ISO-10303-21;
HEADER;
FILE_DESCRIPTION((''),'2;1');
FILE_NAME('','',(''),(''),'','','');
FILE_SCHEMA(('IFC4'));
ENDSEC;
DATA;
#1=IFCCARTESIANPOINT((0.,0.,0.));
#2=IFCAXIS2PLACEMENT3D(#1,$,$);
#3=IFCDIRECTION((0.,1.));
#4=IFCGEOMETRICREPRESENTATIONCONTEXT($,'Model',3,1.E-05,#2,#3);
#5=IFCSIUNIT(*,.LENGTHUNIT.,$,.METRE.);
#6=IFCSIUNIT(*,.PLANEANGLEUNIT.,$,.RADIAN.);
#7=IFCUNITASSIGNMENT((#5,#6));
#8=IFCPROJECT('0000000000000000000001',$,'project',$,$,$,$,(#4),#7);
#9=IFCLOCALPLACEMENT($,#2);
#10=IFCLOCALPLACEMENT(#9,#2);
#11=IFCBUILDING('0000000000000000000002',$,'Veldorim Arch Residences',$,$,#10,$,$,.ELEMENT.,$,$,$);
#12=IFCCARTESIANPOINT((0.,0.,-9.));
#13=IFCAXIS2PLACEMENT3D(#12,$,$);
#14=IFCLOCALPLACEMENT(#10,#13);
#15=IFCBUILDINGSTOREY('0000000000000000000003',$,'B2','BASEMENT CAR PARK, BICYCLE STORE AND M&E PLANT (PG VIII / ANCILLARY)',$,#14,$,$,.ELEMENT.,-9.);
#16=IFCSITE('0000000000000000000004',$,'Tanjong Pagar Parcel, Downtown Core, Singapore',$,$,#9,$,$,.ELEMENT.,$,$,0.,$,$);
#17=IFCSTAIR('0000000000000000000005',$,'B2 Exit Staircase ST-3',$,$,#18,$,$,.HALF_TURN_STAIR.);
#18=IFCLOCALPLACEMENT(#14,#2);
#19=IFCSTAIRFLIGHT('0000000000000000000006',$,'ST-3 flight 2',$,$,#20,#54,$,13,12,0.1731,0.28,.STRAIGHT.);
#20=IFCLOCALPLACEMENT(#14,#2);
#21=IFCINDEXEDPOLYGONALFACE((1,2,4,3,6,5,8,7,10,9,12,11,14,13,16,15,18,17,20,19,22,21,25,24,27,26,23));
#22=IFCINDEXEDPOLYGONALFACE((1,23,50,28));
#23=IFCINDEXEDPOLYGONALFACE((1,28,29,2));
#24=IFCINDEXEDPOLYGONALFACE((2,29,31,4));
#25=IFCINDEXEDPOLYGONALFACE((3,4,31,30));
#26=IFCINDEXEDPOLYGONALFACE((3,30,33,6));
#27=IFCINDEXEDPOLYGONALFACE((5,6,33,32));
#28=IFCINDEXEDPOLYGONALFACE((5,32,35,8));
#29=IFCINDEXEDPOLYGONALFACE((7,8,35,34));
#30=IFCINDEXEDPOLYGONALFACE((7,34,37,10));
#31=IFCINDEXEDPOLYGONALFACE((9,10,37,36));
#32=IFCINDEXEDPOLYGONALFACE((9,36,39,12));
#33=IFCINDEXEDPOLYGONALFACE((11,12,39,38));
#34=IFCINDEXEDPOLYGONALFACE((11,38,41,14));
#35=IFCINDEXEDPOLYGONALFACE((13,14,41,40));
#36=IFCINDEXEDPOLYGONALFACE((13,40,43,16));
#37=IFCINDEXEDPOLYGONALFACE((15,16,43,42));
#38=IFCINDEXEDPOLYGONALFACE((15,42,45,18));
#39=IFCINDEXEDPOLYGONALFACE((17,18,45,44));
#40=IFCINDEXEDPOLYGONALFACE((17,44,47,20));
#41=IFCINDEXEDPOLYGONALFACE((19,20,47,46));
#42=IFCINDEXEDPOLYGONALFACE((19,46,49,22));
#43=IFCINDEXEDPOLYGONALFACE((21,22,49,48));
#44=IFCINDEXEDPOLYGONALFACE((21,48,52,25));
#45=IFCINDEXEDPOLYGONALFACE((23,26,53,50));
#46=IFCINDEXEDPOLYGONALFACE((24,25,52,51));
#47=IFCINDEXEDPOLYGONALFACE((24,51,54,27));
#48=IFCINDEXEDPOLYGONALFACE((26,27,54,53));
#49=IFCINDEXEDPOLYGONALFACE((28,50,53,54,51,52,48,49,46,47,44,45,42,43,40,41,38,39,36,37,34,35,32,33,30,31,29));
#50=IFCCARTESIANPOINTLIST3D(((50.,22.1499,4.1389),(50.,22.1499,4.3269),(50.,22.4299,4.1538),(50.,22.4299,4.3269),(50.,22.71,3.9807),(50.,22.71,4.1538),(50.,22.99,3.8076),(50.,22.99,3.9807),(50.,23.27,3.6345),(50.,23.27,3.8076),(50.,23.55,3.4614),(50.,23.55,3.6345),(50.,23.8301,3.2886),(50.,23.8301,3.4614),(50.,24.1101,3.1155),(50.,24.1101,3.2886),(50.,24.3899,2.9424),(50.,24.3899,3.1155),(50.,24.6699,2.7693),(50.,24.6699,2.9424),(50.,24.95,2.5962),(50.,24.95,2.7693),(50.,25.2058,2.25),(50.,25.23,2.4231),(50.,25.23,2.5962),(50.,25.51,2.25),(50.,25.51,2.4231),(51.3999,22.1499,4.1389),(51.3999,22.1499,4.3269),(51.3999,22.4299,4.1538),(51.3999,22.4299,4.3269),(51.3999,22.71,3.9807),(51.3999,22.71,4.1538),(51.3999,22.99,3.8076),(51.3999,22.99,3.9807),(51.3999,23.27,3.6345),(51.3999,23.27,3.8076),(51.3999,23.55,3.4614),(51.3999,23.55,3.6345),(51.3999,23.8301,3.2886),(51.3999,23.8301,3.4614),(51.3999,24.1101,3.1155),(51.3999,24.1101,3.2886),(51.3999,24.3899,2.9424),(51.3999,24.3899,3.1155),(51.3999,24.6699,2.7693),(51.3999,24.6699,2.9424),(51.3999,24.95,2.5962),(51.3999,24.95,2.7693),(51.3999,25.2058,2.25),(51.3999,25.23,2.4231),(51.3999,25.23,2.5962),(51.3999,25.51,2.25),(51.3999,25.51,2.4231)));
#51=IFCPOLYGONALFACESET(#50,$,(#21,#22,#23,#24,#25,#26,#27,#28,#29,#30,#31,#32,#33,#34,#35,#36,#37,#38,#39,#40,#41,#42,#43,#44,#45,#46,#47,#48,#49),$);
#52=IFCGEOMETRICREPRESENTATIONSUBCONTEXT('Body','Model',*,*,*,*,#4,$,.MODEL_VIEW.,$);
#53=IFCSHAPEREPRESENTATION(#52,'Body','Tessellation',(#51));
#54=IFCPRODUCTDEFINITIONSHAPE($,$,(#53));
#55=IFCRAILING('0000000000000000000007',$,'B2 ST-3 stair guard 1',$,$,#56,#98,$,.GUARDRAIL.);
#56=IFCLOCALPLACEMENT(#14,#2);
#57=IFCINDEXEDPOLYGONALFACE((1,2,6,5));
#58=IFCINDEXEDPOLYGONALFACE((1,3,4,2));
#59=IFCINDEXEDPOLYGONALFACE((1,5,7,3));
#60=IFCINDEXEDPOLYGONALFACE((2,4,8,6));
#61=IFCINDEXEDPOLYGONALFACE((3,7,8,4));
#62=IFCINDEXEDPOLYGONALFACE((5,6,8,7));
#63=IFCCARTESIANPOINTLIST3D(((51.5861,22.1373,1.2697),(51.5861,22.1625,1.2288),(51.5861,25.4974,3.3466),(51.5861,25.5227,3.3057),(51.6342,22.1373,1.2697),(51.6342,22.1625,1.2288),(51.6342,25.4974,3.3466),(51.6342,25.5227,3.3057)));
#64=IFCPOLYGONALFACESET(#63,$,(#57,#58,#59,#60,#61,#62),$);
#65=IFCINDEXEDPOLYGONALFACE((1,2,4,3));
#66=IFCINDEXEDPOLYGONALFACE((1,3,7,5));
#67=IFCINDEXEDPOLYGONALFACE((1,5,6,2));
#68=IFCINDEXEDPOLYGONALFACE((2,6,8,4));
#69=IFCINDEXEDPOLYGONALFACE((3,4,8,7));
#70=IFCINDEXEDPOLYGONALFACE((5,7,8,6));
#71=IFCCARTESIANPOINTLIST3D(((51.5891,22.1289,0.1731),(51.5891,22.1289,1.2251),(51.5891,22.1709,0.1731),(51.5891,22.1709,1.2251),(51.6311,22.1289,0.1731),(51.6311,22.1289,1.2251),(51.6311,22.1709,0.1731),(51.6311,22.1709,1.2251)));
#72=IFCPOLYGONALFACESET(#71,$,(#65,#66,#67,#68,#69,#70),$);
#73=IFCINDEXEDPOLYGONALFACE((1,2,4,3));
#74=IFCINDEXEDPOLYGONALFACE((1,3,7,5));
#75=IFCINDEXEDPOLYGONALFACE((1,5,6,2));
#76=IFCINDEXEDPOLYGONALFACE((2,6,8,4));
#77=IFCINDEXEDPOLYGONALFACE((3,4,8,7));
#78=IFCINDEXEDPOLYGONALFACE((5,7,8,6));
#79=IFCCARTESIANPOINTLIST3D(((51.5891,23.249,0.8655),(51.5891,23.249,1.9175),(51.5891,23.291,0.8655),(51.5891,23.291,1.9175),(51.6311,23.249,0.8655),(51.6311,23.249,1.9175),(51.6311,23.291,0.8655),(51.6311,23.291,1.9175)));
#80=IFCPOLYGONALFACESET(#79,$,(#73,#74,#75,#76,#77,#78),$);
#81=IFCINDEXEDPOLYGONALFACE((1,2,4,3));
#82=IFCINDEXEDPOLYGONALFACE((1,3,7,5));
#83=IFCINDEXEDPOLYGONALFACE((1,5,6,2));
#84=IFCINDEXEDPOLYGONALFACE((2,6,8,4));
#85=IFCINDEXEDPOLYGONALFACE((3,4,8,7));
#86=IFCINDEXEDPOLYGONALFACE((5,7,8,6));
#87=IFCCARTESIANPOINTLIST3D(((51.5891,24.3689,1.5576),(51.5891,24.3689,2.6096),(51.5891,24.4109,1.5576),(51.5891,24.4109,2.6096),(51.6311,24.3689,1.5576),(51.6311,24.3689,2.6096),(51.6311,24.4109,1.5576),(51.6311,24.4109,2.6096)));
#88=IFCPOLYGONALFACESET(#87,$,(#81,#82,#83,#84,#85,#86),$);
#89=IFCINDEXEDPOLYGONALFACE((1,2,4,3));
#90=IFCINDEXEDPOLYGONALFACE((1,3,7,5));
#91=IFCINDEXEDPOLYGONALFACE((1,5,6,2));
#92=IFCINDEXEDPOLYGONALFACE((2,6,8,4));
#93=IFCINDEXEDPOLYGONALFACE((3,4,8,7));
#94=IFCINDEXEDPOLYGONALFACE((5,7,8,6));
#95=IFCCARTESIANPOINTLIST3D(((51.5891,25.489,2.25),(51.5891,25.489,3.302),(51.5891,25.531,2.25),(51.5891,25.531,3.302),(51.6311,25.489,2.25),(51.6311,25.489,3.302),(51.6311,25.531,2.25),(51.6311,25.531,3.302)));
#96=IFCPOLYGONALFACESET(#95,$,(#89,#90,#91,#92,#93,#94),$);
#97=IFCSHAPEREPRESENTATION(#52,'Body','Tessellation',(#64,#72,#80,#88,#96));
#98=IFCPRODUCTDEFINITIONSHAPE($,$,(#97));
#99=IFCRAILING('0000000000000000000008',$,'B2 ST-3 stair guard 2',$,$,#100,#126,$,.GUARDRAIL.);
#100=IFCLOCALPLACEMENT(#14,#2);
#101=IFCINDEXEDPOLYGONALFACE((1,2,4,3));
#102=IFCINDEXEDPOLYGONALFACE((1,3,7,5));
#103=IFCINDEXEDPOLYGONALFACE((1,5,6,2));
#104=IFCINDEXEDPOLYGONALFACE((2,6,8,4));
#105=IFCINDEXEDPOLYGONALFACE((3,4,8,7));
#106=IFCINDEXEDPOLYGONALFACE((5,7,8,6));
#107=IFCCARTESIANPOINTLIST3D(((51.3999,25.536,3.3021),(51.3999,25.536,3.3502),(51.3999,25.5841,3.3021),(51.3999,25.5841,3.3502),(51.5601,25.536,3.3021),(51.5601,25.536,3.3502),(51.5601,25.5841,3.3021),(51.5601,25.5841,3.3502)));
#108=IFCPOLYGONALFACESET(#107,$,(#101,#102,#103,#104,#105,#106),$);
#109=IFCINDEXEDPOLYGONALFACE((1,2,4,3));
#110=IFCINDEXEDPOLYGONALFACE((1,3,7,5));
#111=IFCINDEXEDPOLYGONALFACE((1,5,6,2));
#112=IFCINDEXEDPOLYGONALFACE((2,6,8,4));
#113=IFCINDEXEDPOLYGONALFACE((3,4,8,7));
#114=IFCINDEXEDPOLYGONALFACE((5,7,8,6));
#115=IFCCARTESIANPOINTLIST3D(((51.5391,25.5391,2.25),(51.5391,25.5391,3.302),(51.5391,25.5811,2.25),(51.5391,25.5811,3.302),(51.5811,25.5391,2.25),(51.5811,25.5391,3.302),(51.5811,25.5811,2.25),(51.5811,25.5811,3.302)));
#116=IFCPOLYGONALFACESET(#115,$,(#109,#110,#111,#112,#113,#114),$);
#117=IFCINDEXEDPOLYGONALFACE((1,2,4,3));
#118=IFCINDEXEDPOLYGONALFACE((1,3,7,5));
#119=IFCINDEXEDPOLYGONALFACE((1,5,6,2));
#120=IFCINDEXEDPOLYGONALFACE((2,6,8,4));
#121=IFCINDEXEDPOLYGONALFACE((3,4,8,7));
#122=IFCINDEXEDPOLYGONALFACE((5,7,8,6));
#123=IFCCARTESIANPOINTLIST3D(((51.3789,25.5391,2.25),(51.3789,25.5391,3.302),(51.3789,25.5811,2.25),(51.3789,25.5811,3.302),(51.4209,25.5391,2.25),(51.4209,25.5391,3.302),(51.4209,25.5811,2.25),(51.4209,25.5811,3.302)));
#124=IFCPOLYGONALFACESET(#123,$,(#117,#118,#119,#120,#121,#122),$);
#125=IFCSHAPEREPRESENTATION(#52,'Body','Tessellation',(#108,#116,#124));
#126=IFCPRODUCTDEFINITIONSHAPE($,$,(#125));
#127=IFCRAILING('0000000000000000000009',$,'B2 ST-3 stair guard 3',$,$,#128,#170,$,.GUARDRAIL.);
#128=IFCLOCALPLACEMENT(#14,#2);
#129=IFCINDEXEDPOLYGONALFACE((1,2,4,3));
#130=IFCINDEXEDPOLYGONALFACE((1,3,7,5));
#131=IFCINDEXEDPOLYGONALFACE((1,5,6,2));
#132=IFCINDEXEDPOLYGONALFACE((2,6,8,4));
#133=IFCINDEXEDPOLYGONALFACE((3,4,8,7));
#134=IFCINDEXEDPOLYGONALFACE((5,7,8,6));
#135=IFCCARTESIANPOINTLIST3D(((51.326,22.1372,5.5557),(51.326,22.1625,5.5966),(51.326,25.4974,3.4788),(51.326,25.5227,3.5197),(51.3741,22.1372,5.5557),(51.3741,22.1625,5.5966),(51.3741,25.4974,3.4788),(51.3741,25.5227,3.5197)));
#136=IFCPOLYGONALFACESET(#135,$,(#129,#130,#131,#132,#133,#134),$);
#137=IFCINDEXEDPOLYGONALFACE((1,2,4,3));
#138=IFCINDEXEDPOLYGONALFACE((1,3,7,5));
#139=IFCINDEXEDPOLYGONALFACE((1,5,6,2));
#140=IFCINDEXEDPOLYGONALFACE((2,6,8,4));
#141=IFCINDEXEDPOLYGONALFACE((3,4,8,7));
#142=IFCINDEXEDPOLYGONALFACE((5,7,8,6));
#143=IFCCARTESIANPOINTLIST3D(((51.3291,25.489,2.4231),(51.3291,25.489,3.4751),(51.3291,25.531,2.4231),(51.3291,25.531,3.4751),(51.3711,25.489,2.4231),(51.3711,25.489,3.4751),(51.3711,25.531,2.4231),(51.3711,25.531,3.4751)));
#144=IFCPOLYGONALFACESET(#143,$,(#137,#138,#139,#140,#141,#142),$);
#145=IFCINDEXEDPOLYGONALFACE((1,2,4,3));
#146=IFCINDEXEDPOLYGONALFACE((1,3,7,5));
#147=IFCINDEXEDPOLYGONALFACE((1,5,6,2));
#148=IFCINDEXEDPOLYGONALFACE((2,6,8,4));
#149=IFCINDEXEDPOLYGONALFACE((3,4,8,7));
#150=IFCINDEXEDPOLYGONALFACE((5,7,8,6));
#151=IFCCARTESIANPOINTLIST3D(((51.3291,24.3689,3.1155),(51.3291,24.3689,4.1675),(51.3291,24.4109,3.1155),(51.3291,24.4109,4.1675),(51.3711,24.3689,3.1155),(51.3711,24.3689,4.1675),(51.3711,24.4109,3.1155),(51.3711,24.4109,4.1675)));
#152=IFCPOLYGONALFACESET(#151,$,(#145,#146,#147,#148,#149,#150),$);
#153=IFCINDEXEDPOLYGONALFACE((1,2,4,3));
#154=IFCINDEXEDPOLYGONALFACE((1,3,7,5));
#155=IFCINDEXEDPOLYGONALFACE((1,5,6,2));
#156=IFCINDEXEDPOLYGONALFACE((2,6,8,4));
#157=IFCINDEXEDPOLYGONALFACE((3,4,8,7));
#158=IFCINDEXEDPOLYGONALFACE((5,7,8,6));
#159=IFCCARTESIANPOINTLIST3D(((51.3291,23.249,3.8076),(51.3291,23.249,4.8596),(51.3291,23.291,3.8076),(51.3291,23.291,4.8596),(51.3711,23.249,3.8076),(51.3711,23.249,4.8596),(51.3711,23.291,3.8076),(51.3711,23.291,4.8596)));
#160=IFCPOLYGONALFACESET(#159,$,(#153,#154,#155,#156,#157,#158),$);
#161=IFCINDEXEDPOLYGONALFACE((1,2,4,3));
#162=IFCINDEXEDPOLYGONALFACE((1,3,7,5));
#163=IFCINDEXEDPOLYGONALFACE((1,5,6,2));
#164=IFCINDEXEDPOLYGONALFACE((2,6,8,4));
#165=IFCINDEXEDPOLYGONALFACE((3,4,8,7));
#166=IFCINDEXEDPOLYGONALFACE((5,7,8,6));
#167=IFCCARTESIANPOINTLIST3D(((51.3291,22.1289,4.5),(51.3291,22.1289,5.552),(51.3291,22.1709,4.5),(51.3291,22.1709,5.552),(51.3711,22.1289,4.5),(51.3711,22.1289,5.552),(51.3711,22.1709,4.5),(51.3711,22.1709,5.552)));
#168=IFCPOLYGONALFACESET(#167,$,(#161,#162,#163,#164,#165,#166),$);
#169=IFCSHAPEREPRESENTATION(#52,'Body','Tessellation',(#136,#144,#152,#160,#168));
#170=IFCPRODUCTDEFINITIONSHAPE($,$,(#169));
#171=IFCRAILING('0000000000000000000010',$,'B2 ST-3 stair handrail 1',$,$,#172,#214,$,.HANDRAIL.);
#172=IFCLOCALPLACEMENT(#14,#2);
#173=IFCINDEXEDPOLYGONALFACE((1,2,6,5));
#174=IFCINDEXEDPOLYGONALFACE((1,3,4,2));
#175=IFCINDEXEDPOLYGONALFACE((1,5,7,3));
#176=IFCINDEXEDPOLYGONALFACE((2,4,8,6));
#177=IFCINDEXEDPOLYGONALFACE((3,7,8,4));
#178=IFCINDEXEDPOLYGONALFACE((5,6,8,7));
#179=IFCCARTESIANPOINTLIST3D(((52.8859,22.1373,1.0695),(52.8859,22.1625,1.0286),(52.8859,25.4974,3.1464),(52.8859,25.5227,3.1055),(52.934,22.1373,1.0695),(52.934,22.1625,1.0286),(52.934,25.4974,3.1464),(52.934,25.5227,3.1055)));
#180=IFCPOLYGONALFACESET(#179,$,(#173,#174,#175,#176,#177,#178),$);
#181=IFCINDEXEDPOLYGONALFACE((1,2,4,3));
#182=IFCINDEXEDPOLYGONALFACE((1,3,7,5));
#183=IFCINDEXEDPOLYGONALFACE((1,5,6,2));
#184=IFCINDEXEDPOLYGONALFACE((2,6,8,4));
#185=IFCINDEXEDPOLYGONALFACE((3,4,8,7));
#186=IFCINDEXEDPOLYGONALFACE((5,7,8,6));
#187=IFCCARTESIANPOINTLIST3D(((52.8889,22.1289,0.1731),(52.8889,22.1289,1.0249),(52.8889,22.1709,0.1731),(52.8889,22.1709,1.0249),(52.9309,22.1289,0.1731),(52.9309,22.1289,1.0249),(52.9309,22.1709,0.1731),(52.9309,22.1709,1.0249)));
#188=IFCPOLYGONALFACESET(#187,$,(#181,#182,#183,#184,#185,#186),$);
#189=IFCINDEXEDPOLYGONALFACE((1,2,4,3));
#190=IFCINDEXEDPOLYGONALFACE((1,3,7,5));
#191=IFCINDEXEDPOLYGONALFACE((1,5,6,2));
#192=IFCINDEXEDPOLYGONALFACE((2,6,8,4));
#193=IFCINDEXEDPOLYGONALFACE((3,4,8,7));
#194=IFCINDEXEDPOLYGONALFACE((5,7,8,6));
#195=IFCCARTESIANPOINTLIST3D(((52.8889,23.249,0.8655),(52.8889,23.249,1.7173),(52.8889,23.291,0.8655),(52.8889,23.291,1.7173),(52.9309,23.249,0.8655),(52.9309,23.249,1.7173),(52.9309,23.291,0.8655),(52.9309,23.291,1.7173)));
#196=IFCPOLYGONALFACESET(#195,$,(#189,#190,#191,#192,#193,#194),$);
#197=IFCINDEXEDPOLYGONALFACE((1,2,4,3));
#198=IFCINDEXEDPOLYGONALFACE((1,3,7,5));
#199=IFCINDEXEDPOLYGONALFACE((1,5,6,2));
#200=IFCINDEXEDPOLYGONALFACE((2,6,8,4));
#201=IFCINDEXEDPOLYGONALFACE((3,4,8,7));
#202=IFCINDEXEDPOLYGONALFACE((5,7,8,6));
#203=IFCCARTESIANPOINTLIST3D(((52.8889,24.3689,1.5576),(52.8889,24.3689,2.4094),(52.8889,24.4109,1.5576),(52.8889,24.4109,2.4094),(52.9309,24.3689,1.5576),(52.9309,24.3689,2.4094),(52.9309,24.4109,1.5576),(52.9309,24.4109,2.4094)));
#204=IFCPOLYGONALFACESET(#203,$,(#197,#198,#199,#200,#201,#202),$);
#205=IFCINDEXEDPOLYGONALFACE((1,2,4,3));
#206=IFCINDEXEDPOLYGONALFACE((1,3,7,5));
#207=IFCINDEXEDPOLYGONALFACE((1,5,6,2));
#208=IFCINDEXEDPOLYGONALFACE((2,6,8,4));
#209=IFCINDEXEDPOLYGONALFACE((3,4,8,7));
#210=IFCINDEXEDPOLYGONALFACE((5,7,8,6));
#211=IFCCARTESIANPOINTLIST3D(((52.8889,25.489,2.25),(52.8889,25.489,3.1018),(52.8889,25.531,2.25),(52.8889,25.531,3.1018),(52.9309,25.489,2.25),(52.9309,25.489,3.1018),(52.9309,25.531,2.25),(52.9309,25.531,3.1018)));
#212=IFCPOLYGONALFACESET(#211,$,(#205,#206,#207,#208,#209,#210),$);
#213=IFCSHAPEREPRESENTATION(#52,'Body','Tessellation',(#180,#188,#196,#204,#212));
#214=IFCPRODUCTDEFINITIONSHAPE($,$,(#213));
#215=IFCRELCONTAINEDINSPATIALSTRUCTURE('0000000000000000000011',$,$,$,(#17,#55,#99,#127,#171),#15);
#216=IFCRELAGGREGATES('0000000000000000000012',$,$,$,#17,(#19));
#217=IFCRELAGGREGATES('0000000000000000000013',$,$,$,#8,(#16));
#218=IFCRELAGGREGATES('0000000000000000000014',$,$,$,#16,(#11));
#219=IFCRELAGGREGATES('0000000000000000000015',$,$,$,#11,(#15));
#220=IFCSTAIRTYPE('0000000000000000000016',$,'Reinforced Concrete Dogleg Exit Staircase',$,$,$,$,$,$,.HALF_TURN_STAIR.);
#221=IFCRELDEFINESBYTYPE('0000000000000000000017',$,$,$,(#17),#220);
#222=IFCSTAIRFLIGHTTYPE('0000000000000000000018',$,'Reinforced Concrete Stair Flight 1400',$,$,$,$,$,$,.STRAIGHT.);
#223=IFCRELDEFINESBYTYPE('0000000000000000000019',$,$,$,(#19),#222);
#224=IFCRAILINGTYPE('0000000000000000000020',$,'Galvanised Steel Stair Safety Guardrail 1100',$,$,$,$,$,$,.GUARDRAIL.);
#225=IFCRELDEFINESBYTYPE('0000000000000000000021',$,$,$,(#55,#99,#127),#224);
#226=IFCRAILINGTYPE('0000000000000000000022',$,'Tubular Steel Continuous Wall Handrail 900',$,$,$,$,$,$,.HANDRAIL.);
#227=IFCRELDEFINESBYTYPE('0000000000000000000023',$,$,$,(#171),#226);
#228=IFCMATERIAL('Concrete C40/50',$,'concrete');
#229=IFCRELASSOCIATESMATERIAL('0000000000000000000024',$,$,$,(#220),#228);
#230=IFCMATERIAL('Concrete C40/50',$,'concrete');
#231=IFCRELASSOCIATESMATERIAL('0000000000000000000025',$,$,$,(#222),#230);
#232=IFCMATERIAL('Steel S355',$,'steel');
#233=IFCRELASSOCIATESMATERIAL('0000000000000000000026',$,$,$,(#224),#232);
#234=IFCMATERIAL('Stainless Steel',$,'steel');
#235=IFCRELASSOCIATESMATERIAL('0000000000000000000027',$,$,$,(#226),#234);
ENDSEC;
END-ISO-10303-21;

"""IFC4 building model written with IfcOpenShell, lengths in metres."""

from ifc_helpers import new_model, si_unit, direction, frame, origin, origin_2d, place, context, subcontext, project, spatial, polyline, rectangle, outline, extrude, material, type_object, element, aggregate, save


model = new_model("IFC4")

# Units and contexts
model_context = context("Model", 3, precision=1e-05, world=origin(), true_north=direction((0.0, 1.0)))
body_context = subcontext(model_context, "Body", "Model", "MODEL_VIEW")
ifc_project = project(units=[si_unit("LENGTHUNIT", "METRE"), si_unit("PLANEANGLEUNIT", "RADIAN")], contexts=[model_context])

# Site, building, storey
site_placement = place(None, origin())
site = spatial("IfcSite", under=ifc_project, at=site_placement, Name="Tanjong Pagar Parcel, Downtown Core, Singapore", CompositionType="ELEMENT", RefElevation=0.0)
building_placement = place(site_placement, origin())
building = spatial("IfcBuilding", under=site, at=building_placement, Name="Veldorim Arch Residences", CompositionType="ELEMENT")
storey_placement = place(building_placement, frame((0.0, 0.0, -9.0)))
storey = spatial("IfcBuildingStorey", under=building, at=storey_placement, Name="B2", Description="BASEMENT CAR PARK, BICYCLE STORE AND M&E PLANT (PG VIII / ANCILLARY)", CompositionType="ELEMENT", Elevation=-9.0)

# Stair, stair flight
ifc_material_1 = material(Name="Concrete C40/50", Category="concrete")
stair_type = type_object("IfcStairType", Name="Reinforced Concrete Dogleg Exit Staircase", PredefinedType="HALF_TURN_STAIR", material=ifc_material_1)
stair_placement = place(storey_placement, origin())
stair = element("IfcStair", 1, at=stair_placement, inside=storey, type_object=stair_type, Name="B2 Exit Staircase ST-3", PredefinedType="HALF_TURN_STAIR")
ifc_material_2 = material(Name="Concrete C40/50", Category="concrete")
stair_flight_type = type_object("IfcStairFlightType", Name="Reinforced Concrete Stair Flight 1400", PredefinedType="STRAIGHT", material=ifc_material_2)
stair_flight_1_placement = place(storey_placement, frame((50.7, 25.51, 2.25), z_axis=(0.0, 0.0, 1.0), x_axis=(0.0, -1.0, 0.0)))
stair_flight_1 = element("IfcStairFlight", 2, at=stair_flight_1_placement, type_object=stair_flight_type, Name="ST-3 flight 2", NumberOfRisers=13, NumberOfTreads=12, PredefinedType="STRAIGHT", RiserHeight=0.1731, TreadLength=0.28, context=body_context, shape_type="SweptSolid", body=[
    extrude(outline(polyline([(0.0, 0.0), (0.0, 0.1731), (0.28, 0.1731), (0.28, 0.3462), (0.5601, 0.3462), (0.5601, 0.5193), (0.8401, 0.5193), (0.8401, 0.6924), (1.1201, 0.6924), (1.1201, 0.8655), (1.3999, 0.8655), (1.3999, 1.0386), (1.6799, 1.0386), (1.6799, 1.2114), (1.96, 1.2114), (1.96, 1.3845), (2.24, 1.3845), (2.24, 1.5576), (2.52, 1.5576), (2.52, 1.7307), (2.8, 1.7307), (2.8, 1.9038), (3.0801, 1.9038), (3.0801, 2.0769), (3.3601, 2.0769), (3.3601, 2.25), (3.3601, 1.8889), (0.3042, 0.0), (0.0, 0.0)])), frame((0.0, 0.7, 0.0), z_axis=(0.0, -1.0, 0.0), x_axis=(1.0, 0.0, 0.0)), (0.0, 0.0, 1.0), 1.3999),
])
aggregate(stair, [stair_flight_1])

# Railings
ifc_material_3 = material(Name="Steel S355", Category="steel")
railing_type_1 = type_object("IfcRailingType", Name="Galvanised Steel Stair Safety Guardrail 1100", PredefinedType="GUARDRAIL", material=ifc_material_3)
railing_1_placement = place(storey_placement, frame((51.6101, 22.1499, 0.1731)))
element("IfcRailing", 3, at=railing_1_placement, inside=storey, type_object=railing_type_1, Name="B2 ST-3 stair guard 1", PredefinedType="GUARDRAIL", context=body_context, shape_type="SweptSolid", body=[
    extrude(rectangle(XDim=0.0481, YDim=0.0481, at=origin_2d()), frame((0.0, 0.0, 1.0762), z_axis=(0.0, 0.850623, 0.525776), x_axis=(-1.0, 0.0, 0.0)), (0.0, 0.0, 1.0), 3.9502),
    extrude(rectangle(XDim=0.042, YDim=0.042, at=origin_2d()), origin(), (0.0, 0.0, 1.0), 1.052),
    extrude(rectangle(XDim=0.042, YDim=0.042, at=origin_2d()), frame((0.0, 1.1201, 0.6924)), (0.0, 0.0, 1.0), 1.052),
    extrude(rectangle(XDim=0.042, YDim=0.042, at=origin_2d()), frame((0.0, 2.24, 1.3845)), (0.0, 0.0, 1.0), 1.052),
    extrude(rectangle(XDim=0.042, YDim=0.042, at=origin_2d()), frame((0.0, 3.3601, 2.0769)), (0.0, 0.0, 1.0), 1.052),
])
railing_2_placement = place(storey_placement, frame((51.5601, 25.5601, 2.25)))
element("IfcRailing", 4, at=railing_2_placement, inside=storey, type_object=railing_type_1, Name="B2 ST-3 stair guard 2", PredefinedType="GUARDRAIL", context=body_context, shape_type="SweptSolid", body=[
    extrude(rectangle(XDim=0.0481, YDim=0.0481, at=origin_2d()), frame((0.0, 0.0, 1.0762), z_axis=(-1.0, 0.0, 0.0), x_axis=(0.0, -1.0, 0.0)), (0.0, 0.0, 1.0), 0.1602),
    extrude(rectangle(XDim=0.042, YDim=0.042, at=origin_2d()), origin(), (0.0, 0.0, 1.0), 1.052),
    extrude(rectangle(XDim=0.042, YDim=0.042, at=origin_2d()), frame((-0.1602, 0.0, 0.0)), (0.0, 0.0, 1.0), 1.052),
])
railing_3_placement = place(storey_placement, frame((51.3501, 25.51, 2.4231)))
element("IfcRailing", 5, at=railing_3_placement, inside=storey, type_object=railing_type_1, Name="B2 ST-3 stair guard 3", PredefinedType="GUARDRAIL", context=body_context, shape_type="SweptSolid", body=[
    extrude(rectangle(XDim=0.0481, YDim=0.0481, at=origin_2d()), frame((0.0, 0.0, 1.0762), z_axis=(0.0, -0.850623, 0.525776), x_axis=(1.0, 0.0, 0.0)), (0.0, 0.0, 1.0), 3.9502),
    extrude(rectangle(XDim=0.042, YDim=0.042, at=origin_2d()), origin(), (0.0, 0.0, 1.0), 1.052),
    extrude(rectangle(XDim=0.042, YDim=0.042, at=origin_2d()), frame((0.0, -1.1201, 0.6924)), (0.0, 0.0, 1.0), 1.052),
    extrude(rectangle(XDim=0.042, YDim=0.042, at=origin_2d()), frame((0.0, -2.24, 1.3845)), (0.0, 0.0, 1.0), 1.052),
    extrude(rectangle(XDim=0.042, YDim=0.042, at=origin_2d()), frame((0.0, -3.3601, 2.0769)), (0.0, 0.0, 1.0), 1.052),
])
ifc_material_4 = material(Name="Stainless Steel", Category="steel")
railing_type_2 = type_object("IfcRailingType", Name="Tubular Steel Continuous Wall Handrail 900", PredefinedType="HANDRAIL", material=ifc_material_4)
railing_4_placement = place(storey_placement, frame((52.9099, 22.1499, 0.1731)))
element("IfcRailing", 6, at=railing_4_placement, inside=storey, type_object=railing_type_2, Name="B2 ST-3 stair handrail 1", PredefinedType="HANDRAIL", context=body_context, shape_type="SweptSolid", body=[
    extrude(rectangle(XDim=0.0481, YDim=0.0481, at=origin_2d()), frame((0.0, 0.0, 0.876), z_axis=(0.0, 0.850623, 0.525776), x_axis=(-1.0, 0.0, 0.0)), (0.0, 0.0, 1.0), 3.9502),
    extrude(rectangle(XDim=0.042, YDim=0.042, at=origin_2d()), origin(), (0.0, 0.0, 1.0), 0.8518),
    extrude(rectangle(XDim=0.042, YDim=0.042, at=origin_2d()), frame((0.0, 1.1201, 0.6924)), (0.0, 0.0, 1.0), 0.8518),
    extrude(rectangle(XDim=0.042, YDim=0.042, at=origin_2d()), frame((0.0, 2.24, 1.3845)), (0.0, 0.0, 1.0), 0.8518),
    extrude(rectangle(XDim=0.042, YDim=0.042, at=origin_2d()), frame((0.0, 3.3601, 2.0769)), (0.0, 0.0, 1.0), 0.8518),
])

save(model, "model.ifc")
